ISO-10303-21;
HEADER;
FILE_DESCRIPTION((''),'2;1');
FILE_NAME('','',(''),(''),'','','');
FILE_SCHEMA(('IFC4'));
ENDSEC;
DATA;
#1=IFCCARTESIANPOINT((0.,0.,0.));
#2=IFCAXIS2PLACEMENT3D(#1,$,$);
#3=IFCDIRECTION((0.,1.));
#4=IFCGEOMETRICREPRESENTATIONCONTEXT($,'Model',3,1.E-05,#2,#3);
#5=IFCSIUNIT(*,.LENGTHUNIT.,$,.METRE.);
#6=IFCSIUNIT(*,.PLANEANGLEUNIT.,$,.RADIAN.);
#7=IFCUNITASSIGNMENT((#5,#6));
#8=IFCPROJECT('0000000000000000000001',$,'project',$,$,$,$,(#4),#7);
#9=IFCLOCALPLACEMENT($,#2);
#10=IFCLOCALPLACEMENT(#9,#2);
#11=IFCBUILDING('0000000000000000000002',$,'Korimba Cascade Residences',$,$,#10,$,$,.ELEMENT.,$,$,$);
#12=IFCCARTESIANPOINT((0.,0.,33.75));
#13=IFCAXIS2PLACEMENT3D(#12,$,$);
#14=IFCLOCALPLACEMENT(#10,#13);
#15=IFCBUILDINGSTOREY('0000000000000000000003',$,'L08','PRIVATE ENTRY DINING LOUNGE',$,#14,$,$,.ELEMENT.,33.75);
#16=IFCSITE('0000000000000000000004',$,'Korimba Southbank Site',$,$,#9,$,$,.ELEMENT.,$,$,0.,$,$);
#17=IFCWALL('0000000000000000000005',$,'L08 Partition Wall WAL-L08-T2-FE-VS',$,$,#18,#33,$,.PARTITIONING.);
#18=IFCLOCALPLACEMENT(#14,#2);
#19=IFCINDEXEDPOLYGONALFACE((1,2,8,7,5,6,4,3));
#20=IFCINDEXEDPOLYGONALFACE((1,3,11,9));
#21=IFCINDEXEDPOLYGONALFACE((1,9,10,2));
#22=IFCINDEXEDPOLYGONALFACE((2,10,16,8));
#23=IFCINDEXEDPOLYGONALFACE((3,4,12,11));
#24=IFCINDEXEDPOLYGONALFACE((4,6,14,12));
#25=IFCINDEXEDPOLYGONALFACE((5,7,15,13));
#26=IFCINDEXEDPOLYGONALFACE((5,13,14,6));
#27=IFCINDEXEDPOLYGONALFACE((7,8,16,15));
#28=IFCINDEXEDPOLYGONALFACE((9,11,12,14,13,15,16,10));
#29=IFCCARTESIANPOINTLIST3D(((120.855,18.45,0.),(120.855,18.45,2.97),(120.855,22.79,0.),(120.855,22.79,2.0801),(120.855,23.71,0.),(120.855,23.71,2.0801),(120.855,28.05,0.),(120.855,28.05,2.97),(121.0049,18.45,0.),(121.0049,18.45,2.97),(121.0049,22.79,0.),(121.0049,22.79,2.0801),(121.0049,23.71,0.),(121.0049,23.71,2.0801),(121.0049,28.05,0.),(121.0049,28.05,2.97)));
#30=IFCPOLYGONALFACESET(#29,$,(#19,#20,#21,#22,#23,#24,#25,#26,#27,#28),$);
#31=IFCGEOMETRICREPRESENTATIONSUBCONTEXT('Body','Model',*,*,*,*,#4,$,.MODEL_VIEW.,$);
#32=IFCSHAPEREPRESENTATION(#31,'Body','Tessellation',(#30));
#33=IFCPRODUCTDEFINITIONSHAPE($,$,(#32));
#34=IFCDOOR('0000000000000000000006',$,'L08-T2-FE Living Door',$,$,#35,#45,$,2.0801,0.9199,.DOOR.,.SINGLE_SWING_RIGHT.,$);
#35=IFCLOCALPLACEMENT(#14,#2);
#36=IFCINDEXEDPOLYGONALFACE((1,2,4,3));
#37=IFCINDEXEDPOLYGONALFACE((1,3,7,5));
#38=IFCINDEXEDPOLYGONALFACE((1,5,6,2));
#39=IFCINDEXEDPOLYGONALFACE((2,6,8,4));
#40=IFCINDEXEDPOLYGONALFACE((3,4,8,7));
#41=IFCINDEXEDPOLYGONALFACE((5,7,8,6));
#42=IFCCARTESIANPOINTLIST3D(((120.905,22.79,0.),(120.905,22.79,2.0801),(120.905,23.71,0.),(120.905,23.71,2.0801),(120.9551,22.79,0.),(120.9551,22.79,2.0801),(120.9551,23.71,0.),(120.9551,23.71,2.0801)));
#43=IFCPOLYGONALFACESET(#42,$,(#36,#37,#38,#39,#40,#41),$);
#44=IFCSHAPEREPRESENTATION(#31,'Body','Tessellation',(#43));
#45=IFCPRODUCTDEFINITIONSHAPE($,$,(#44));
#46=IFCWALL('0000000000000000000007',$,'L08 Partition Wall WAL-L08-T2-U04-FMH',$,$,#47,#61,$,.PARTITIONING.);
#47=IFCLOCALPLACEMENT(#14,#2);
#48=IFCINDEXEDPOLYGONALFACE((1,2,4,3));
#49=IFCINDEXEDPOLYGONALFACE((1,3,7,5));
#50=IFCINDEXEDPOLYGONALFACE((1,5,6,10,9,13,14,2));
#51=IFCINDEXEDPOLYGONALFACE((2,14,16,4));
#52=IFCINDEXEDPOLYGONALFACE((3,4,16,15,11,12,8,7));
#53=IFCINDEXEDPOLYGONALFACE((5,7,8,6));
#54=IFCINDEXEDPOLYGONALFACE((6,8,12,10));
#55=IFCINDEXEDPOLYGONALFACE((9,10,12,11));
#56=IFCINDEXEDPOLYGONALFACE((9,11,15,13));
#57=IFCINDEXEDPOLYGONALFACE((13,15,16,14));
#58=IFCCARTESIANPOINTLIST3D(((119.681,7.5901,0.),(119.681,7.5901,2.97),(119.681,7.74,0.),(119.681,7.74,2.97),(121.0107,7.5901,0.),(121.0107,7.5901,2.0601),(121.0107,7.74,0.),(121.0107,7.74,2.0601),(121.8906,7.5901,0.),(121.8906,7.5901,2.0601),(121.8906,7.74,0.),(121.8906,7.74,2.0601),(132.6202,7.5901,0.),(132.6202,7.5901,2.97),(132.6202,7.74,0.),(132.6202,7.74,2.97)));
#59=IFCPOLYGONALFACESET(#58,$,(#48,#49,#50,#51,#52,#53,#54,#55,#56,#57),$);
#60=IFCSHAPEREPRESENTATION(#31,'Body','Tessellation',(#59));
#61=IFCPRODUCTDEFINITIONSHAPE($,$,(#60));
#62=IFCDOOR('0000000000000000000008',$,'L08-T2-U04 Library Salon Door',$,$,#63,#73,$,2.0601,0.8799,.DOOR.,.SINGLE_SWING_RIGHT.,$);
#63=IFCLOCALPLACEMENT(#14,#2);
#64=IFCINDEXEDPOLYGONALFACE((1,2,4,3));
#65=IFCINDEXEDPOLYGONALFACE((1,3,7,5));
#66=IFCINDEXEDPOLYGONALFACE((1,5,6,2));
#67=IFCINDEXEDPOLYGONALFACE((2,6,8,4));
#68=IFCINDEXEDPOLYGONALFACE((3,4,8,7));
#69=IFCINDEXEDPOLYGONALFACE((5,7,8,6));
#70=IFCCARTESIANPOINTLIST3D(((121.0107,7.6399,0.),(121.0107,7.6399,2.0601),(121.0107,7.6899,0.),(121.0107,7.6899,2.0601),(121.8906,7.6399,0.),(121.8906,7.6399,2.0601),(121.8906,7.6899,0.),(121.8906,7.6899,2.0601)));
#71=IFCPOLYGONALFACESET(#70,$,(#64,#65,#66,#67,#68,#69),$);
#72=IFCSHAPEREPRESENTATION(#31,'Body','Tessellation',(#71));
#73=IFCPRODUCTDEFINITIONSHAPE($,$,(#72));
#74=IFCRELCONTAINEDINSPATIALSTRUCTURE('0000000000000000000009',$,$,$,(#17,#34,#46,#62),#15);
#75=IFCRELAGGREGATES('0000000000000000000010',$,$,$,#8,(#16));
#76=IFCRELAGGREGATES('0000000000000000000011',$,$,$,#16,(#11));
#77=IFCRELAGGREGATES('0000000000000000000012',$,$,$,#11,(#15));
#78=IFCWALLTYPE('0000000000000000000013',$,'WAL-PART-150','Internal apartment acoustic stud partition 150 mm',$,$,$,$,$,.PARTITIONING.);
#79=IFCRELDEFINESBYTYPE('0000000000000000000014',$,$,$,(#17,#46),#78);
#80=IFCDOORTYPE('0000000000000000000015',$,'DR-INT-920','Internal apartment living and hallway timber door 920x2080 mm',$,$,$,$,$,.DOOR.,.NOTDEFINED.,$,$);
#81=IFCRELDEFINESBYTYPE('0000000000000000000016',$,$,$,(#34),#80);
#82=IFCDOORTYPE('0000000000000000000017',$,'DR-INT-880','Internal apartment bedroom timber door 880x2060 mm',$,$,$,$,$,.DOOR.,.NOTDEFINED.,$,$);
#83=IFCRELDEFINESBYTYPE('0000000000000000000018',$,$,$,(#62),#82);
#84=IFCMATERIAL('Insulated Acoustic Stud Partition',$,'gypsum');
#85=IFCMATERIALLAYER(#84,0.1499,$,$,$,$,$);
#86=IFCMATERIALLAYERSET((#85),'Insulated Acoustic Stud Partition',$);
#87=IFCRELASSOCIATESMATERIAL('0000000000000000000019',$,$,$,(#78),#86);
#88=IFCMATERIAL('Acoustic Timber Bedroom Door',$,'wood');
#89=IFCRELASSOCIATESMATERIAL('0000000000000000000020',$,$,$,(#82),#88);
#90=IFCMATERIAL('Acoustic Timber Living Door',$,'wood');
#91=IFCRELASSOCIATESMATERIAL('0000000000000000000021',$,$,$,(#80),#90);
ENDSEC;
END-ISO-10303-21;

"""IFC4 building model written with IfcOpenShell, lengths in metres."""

from ifc_helpers import new_model, si_unit, direction, frame, frame_2d, origin, place, context, subcontext, project, spatial, rectangle, extrude, material, layer, layer_set, type_object, element, fill, save


model = new_model("IFC4")

# Units and contexts
model_context = context("Model", 3, precision=1e-05, world=origin(), true_north=direction((0.0, 1.0)))
body_context = subcontext(model_context, "Body", "Model", "MODEL_VIEW")
ifc_project = project(units=[si_unit("LENGTHUNIT", "METRE"), si_unit("PLANEANGLEUNIT", "RADIAN")], contexts=[model_context])

# Site, building, storey
site_placement = place(None, origin())
site = spatial("IfcSite", under=ifc_project, at=site_placement, Name="Korimba Southbank Site", CompositionType="ELEMENT", RefElevation=0.0)
building_placement = place(site_placement, origin())
building = spatial("IfcBuilding", under=site, at=building_placement, Name="Korimba Cascade Residences", CompositionType="ELEMENT")
storey_placement = place(building_placement, frame((0.0, 0.0, 33.75)))
storey = spatial("IfcBuildingStorey", under=building, at=storey_placement, Name="L08", Description="PRIVATE ENTRY DINING LOUNGE", CompositionType="ELEMENT", Elevation=33.75)

# Walls, openings, doors
ifc_material_1 = material(Name="Insulated Acoustic Stud Partition", Category="gypsum")
ifc_layer_1 = layer(ifc_material_1, 0.1499)
ifc_layer_set_1 = layer_set([ifc_layer_1], Name="Insulated Acoustic Stud Partition")
wall_type_1 = type_object("IfcWallType", Name="WAL-PART-150", Description="Internal apartment acoustic stud partition 150 mm", PredefinedType="PARTITIONING", material=ifc_layer_set_1)
ifc_material_2 = material(Name="Acoustic Timber Bedroom Door", Category="wood")
door_type_1 = type_object("IfcDoorType", Name="DR-INT-880", Description="Internal apartment bedroom timber door 880x2060 mm", OperationType="NOTDEFINED", PredefinedType="DOOR", material=ifc_material_2)
wall_1_placement = place(storey_placement, frame((120.9299, 18.45, 0.0), z_axis=(0.0, 0.0, 1.0), x_axis=(0.0, 1.0, 0.0)))
wall_1 = element("IfcWall", 1, at=wall_1_placement, inside=storey, type_object=wall_type_1, Name="L08 Partition Wall WAL-L08-T2-FE-VS", PredefinedType="PARTITIONING", context=body_context, shape_type="SweptSolid", body=[
    extrude(rectangle(XDim=9.6001, YDim=0.1499, at=frame_2d((4.8, 0.0))), origin(), (0.0, 0.0, 1.0), 2.97),
])
opening_1_placement = place(wall_1_placement, frame((4.3401, 0.0, 0.0)))
opening_1 = element("IfcOpeningElement", 2, at=opening_1_placement, cuts=wall_1, PredefinedType="OPENING", context=body_context, shape_type="SweptSolid", body=[
    extrude(rectangle(XDim=0.9199, YDim=2.0801, at=frame_2d((0.46, 1.04))), frame((0.0, 0.085, 0.0), z_axis=(0.0, -1.0, 0.0), x_axis=(1.0, 0.0, 0.0)), (0.0, 0.0, 1.0), 0.1699),
])
ifc_material_3 = material(Name="Acoustic Timber Living Door", Category="wood")
door_type_2 = type_object("IfcDoorType", Name="DR-INT-920", Description="Internal apartment living and hallway timber door 920x2080 mm", OperationType="NOTDEFINED", PredefinedType="DOOR", material=ifc_material_3)
door_1_placement = place(opening_1_placement, origin())
door_1 = element("IfcDoor", 3, at=door_1_placement, inside=storey, type_object=door_type_2, Name="L08-T2-FE Living Door", OperationType="SINGLE_SWING_RIGHT", OverallHeight=2.0801, OverallWidth=0.9199, PredefinedType="DOOR", context=body_context, shape_type="SweptSolid", body=[
    extrude(rectangle(XDim=0.9199, YDim=2.0801, at=frame_2d((0.46, 1.04))), frame((0.0, 0.0249, 0.0), z_axis=(0.0, -1.0, 0.0), x_axis=(1.0, 0.0, 0.0)), (0.0, 0.0, 1.0), 0.05),
])
fill(opening_1, door_1)
wall_2_placement = place(storey_placement, frame((119.6809, 7.665, 0.0), z_axis=(0.0, 0.0, 1.0), x_axis=(1.0, 0.0, 0.0)))
wall_2 = element("IfcWall", 4, at=wall_2_placement, inside=storey, type_object=wall_type_1, Name="L08 Partition Wall WAL-L08-T2-U04-FMH", PredefinedType="PARTITIONING", context=body_context, shape_type="SweptSolid", body=[
    extrude(rectangle(XDim=12.9392, YDim=0.1499, at=frame_2d((6.4697, 0.0))), origin(), (0.0, 0.0, 1.0), 2.97),
])
opening_2_placement = place(wall_2_placement, frame((1.3298, 0.0, 0.0)))
opening_2 = element("IfcOpeningElement", 5, at=opening_2_placement, cuts=wall_2, PredefinedType="OPENING", context=body_context, shape_type="SweptSolid", body=[
    extrude(rectangle(XDim=0.8799, YDim=2.0601, at=frame_2d((0.4399, 1.03))), frame((0.0, 0.085, 0.0), z_axis=(0.0, -1.0, 0.0), x_axis=(1.0, 0.0, 0.0)), (0.0, 0.0, 1.0), 0.1699),
])
door_2_placement = place(opening_2_placement, origin())
door_2 = element("IfcDoor", 6, at=door_2_placement, inside=storey, type_object=door_type_1, Name="L08-T2-U04 Library Salon Door", OperationType="SINGLE_SWING_RIGHT", OverallHeight=2.0601, OverallWidth=0.8799, PredefinedType="DOOR", context=body_context, shape_type="SweptSolid", body=[
    extrude(rectangle(XDim=0.8799, YDim=2.0601, at=frame_2d((0.4399, 1.03))), frame((0.0, 0.0249, 0.0), z_axis=(0.0, -1.0, 0.0), x_axis=(1.0, 0.0, 0.0)), (0.0, 0.0, 1.0), 0.05),
])
fill(opening_2, door_2)

save(model, "model.ifc")
